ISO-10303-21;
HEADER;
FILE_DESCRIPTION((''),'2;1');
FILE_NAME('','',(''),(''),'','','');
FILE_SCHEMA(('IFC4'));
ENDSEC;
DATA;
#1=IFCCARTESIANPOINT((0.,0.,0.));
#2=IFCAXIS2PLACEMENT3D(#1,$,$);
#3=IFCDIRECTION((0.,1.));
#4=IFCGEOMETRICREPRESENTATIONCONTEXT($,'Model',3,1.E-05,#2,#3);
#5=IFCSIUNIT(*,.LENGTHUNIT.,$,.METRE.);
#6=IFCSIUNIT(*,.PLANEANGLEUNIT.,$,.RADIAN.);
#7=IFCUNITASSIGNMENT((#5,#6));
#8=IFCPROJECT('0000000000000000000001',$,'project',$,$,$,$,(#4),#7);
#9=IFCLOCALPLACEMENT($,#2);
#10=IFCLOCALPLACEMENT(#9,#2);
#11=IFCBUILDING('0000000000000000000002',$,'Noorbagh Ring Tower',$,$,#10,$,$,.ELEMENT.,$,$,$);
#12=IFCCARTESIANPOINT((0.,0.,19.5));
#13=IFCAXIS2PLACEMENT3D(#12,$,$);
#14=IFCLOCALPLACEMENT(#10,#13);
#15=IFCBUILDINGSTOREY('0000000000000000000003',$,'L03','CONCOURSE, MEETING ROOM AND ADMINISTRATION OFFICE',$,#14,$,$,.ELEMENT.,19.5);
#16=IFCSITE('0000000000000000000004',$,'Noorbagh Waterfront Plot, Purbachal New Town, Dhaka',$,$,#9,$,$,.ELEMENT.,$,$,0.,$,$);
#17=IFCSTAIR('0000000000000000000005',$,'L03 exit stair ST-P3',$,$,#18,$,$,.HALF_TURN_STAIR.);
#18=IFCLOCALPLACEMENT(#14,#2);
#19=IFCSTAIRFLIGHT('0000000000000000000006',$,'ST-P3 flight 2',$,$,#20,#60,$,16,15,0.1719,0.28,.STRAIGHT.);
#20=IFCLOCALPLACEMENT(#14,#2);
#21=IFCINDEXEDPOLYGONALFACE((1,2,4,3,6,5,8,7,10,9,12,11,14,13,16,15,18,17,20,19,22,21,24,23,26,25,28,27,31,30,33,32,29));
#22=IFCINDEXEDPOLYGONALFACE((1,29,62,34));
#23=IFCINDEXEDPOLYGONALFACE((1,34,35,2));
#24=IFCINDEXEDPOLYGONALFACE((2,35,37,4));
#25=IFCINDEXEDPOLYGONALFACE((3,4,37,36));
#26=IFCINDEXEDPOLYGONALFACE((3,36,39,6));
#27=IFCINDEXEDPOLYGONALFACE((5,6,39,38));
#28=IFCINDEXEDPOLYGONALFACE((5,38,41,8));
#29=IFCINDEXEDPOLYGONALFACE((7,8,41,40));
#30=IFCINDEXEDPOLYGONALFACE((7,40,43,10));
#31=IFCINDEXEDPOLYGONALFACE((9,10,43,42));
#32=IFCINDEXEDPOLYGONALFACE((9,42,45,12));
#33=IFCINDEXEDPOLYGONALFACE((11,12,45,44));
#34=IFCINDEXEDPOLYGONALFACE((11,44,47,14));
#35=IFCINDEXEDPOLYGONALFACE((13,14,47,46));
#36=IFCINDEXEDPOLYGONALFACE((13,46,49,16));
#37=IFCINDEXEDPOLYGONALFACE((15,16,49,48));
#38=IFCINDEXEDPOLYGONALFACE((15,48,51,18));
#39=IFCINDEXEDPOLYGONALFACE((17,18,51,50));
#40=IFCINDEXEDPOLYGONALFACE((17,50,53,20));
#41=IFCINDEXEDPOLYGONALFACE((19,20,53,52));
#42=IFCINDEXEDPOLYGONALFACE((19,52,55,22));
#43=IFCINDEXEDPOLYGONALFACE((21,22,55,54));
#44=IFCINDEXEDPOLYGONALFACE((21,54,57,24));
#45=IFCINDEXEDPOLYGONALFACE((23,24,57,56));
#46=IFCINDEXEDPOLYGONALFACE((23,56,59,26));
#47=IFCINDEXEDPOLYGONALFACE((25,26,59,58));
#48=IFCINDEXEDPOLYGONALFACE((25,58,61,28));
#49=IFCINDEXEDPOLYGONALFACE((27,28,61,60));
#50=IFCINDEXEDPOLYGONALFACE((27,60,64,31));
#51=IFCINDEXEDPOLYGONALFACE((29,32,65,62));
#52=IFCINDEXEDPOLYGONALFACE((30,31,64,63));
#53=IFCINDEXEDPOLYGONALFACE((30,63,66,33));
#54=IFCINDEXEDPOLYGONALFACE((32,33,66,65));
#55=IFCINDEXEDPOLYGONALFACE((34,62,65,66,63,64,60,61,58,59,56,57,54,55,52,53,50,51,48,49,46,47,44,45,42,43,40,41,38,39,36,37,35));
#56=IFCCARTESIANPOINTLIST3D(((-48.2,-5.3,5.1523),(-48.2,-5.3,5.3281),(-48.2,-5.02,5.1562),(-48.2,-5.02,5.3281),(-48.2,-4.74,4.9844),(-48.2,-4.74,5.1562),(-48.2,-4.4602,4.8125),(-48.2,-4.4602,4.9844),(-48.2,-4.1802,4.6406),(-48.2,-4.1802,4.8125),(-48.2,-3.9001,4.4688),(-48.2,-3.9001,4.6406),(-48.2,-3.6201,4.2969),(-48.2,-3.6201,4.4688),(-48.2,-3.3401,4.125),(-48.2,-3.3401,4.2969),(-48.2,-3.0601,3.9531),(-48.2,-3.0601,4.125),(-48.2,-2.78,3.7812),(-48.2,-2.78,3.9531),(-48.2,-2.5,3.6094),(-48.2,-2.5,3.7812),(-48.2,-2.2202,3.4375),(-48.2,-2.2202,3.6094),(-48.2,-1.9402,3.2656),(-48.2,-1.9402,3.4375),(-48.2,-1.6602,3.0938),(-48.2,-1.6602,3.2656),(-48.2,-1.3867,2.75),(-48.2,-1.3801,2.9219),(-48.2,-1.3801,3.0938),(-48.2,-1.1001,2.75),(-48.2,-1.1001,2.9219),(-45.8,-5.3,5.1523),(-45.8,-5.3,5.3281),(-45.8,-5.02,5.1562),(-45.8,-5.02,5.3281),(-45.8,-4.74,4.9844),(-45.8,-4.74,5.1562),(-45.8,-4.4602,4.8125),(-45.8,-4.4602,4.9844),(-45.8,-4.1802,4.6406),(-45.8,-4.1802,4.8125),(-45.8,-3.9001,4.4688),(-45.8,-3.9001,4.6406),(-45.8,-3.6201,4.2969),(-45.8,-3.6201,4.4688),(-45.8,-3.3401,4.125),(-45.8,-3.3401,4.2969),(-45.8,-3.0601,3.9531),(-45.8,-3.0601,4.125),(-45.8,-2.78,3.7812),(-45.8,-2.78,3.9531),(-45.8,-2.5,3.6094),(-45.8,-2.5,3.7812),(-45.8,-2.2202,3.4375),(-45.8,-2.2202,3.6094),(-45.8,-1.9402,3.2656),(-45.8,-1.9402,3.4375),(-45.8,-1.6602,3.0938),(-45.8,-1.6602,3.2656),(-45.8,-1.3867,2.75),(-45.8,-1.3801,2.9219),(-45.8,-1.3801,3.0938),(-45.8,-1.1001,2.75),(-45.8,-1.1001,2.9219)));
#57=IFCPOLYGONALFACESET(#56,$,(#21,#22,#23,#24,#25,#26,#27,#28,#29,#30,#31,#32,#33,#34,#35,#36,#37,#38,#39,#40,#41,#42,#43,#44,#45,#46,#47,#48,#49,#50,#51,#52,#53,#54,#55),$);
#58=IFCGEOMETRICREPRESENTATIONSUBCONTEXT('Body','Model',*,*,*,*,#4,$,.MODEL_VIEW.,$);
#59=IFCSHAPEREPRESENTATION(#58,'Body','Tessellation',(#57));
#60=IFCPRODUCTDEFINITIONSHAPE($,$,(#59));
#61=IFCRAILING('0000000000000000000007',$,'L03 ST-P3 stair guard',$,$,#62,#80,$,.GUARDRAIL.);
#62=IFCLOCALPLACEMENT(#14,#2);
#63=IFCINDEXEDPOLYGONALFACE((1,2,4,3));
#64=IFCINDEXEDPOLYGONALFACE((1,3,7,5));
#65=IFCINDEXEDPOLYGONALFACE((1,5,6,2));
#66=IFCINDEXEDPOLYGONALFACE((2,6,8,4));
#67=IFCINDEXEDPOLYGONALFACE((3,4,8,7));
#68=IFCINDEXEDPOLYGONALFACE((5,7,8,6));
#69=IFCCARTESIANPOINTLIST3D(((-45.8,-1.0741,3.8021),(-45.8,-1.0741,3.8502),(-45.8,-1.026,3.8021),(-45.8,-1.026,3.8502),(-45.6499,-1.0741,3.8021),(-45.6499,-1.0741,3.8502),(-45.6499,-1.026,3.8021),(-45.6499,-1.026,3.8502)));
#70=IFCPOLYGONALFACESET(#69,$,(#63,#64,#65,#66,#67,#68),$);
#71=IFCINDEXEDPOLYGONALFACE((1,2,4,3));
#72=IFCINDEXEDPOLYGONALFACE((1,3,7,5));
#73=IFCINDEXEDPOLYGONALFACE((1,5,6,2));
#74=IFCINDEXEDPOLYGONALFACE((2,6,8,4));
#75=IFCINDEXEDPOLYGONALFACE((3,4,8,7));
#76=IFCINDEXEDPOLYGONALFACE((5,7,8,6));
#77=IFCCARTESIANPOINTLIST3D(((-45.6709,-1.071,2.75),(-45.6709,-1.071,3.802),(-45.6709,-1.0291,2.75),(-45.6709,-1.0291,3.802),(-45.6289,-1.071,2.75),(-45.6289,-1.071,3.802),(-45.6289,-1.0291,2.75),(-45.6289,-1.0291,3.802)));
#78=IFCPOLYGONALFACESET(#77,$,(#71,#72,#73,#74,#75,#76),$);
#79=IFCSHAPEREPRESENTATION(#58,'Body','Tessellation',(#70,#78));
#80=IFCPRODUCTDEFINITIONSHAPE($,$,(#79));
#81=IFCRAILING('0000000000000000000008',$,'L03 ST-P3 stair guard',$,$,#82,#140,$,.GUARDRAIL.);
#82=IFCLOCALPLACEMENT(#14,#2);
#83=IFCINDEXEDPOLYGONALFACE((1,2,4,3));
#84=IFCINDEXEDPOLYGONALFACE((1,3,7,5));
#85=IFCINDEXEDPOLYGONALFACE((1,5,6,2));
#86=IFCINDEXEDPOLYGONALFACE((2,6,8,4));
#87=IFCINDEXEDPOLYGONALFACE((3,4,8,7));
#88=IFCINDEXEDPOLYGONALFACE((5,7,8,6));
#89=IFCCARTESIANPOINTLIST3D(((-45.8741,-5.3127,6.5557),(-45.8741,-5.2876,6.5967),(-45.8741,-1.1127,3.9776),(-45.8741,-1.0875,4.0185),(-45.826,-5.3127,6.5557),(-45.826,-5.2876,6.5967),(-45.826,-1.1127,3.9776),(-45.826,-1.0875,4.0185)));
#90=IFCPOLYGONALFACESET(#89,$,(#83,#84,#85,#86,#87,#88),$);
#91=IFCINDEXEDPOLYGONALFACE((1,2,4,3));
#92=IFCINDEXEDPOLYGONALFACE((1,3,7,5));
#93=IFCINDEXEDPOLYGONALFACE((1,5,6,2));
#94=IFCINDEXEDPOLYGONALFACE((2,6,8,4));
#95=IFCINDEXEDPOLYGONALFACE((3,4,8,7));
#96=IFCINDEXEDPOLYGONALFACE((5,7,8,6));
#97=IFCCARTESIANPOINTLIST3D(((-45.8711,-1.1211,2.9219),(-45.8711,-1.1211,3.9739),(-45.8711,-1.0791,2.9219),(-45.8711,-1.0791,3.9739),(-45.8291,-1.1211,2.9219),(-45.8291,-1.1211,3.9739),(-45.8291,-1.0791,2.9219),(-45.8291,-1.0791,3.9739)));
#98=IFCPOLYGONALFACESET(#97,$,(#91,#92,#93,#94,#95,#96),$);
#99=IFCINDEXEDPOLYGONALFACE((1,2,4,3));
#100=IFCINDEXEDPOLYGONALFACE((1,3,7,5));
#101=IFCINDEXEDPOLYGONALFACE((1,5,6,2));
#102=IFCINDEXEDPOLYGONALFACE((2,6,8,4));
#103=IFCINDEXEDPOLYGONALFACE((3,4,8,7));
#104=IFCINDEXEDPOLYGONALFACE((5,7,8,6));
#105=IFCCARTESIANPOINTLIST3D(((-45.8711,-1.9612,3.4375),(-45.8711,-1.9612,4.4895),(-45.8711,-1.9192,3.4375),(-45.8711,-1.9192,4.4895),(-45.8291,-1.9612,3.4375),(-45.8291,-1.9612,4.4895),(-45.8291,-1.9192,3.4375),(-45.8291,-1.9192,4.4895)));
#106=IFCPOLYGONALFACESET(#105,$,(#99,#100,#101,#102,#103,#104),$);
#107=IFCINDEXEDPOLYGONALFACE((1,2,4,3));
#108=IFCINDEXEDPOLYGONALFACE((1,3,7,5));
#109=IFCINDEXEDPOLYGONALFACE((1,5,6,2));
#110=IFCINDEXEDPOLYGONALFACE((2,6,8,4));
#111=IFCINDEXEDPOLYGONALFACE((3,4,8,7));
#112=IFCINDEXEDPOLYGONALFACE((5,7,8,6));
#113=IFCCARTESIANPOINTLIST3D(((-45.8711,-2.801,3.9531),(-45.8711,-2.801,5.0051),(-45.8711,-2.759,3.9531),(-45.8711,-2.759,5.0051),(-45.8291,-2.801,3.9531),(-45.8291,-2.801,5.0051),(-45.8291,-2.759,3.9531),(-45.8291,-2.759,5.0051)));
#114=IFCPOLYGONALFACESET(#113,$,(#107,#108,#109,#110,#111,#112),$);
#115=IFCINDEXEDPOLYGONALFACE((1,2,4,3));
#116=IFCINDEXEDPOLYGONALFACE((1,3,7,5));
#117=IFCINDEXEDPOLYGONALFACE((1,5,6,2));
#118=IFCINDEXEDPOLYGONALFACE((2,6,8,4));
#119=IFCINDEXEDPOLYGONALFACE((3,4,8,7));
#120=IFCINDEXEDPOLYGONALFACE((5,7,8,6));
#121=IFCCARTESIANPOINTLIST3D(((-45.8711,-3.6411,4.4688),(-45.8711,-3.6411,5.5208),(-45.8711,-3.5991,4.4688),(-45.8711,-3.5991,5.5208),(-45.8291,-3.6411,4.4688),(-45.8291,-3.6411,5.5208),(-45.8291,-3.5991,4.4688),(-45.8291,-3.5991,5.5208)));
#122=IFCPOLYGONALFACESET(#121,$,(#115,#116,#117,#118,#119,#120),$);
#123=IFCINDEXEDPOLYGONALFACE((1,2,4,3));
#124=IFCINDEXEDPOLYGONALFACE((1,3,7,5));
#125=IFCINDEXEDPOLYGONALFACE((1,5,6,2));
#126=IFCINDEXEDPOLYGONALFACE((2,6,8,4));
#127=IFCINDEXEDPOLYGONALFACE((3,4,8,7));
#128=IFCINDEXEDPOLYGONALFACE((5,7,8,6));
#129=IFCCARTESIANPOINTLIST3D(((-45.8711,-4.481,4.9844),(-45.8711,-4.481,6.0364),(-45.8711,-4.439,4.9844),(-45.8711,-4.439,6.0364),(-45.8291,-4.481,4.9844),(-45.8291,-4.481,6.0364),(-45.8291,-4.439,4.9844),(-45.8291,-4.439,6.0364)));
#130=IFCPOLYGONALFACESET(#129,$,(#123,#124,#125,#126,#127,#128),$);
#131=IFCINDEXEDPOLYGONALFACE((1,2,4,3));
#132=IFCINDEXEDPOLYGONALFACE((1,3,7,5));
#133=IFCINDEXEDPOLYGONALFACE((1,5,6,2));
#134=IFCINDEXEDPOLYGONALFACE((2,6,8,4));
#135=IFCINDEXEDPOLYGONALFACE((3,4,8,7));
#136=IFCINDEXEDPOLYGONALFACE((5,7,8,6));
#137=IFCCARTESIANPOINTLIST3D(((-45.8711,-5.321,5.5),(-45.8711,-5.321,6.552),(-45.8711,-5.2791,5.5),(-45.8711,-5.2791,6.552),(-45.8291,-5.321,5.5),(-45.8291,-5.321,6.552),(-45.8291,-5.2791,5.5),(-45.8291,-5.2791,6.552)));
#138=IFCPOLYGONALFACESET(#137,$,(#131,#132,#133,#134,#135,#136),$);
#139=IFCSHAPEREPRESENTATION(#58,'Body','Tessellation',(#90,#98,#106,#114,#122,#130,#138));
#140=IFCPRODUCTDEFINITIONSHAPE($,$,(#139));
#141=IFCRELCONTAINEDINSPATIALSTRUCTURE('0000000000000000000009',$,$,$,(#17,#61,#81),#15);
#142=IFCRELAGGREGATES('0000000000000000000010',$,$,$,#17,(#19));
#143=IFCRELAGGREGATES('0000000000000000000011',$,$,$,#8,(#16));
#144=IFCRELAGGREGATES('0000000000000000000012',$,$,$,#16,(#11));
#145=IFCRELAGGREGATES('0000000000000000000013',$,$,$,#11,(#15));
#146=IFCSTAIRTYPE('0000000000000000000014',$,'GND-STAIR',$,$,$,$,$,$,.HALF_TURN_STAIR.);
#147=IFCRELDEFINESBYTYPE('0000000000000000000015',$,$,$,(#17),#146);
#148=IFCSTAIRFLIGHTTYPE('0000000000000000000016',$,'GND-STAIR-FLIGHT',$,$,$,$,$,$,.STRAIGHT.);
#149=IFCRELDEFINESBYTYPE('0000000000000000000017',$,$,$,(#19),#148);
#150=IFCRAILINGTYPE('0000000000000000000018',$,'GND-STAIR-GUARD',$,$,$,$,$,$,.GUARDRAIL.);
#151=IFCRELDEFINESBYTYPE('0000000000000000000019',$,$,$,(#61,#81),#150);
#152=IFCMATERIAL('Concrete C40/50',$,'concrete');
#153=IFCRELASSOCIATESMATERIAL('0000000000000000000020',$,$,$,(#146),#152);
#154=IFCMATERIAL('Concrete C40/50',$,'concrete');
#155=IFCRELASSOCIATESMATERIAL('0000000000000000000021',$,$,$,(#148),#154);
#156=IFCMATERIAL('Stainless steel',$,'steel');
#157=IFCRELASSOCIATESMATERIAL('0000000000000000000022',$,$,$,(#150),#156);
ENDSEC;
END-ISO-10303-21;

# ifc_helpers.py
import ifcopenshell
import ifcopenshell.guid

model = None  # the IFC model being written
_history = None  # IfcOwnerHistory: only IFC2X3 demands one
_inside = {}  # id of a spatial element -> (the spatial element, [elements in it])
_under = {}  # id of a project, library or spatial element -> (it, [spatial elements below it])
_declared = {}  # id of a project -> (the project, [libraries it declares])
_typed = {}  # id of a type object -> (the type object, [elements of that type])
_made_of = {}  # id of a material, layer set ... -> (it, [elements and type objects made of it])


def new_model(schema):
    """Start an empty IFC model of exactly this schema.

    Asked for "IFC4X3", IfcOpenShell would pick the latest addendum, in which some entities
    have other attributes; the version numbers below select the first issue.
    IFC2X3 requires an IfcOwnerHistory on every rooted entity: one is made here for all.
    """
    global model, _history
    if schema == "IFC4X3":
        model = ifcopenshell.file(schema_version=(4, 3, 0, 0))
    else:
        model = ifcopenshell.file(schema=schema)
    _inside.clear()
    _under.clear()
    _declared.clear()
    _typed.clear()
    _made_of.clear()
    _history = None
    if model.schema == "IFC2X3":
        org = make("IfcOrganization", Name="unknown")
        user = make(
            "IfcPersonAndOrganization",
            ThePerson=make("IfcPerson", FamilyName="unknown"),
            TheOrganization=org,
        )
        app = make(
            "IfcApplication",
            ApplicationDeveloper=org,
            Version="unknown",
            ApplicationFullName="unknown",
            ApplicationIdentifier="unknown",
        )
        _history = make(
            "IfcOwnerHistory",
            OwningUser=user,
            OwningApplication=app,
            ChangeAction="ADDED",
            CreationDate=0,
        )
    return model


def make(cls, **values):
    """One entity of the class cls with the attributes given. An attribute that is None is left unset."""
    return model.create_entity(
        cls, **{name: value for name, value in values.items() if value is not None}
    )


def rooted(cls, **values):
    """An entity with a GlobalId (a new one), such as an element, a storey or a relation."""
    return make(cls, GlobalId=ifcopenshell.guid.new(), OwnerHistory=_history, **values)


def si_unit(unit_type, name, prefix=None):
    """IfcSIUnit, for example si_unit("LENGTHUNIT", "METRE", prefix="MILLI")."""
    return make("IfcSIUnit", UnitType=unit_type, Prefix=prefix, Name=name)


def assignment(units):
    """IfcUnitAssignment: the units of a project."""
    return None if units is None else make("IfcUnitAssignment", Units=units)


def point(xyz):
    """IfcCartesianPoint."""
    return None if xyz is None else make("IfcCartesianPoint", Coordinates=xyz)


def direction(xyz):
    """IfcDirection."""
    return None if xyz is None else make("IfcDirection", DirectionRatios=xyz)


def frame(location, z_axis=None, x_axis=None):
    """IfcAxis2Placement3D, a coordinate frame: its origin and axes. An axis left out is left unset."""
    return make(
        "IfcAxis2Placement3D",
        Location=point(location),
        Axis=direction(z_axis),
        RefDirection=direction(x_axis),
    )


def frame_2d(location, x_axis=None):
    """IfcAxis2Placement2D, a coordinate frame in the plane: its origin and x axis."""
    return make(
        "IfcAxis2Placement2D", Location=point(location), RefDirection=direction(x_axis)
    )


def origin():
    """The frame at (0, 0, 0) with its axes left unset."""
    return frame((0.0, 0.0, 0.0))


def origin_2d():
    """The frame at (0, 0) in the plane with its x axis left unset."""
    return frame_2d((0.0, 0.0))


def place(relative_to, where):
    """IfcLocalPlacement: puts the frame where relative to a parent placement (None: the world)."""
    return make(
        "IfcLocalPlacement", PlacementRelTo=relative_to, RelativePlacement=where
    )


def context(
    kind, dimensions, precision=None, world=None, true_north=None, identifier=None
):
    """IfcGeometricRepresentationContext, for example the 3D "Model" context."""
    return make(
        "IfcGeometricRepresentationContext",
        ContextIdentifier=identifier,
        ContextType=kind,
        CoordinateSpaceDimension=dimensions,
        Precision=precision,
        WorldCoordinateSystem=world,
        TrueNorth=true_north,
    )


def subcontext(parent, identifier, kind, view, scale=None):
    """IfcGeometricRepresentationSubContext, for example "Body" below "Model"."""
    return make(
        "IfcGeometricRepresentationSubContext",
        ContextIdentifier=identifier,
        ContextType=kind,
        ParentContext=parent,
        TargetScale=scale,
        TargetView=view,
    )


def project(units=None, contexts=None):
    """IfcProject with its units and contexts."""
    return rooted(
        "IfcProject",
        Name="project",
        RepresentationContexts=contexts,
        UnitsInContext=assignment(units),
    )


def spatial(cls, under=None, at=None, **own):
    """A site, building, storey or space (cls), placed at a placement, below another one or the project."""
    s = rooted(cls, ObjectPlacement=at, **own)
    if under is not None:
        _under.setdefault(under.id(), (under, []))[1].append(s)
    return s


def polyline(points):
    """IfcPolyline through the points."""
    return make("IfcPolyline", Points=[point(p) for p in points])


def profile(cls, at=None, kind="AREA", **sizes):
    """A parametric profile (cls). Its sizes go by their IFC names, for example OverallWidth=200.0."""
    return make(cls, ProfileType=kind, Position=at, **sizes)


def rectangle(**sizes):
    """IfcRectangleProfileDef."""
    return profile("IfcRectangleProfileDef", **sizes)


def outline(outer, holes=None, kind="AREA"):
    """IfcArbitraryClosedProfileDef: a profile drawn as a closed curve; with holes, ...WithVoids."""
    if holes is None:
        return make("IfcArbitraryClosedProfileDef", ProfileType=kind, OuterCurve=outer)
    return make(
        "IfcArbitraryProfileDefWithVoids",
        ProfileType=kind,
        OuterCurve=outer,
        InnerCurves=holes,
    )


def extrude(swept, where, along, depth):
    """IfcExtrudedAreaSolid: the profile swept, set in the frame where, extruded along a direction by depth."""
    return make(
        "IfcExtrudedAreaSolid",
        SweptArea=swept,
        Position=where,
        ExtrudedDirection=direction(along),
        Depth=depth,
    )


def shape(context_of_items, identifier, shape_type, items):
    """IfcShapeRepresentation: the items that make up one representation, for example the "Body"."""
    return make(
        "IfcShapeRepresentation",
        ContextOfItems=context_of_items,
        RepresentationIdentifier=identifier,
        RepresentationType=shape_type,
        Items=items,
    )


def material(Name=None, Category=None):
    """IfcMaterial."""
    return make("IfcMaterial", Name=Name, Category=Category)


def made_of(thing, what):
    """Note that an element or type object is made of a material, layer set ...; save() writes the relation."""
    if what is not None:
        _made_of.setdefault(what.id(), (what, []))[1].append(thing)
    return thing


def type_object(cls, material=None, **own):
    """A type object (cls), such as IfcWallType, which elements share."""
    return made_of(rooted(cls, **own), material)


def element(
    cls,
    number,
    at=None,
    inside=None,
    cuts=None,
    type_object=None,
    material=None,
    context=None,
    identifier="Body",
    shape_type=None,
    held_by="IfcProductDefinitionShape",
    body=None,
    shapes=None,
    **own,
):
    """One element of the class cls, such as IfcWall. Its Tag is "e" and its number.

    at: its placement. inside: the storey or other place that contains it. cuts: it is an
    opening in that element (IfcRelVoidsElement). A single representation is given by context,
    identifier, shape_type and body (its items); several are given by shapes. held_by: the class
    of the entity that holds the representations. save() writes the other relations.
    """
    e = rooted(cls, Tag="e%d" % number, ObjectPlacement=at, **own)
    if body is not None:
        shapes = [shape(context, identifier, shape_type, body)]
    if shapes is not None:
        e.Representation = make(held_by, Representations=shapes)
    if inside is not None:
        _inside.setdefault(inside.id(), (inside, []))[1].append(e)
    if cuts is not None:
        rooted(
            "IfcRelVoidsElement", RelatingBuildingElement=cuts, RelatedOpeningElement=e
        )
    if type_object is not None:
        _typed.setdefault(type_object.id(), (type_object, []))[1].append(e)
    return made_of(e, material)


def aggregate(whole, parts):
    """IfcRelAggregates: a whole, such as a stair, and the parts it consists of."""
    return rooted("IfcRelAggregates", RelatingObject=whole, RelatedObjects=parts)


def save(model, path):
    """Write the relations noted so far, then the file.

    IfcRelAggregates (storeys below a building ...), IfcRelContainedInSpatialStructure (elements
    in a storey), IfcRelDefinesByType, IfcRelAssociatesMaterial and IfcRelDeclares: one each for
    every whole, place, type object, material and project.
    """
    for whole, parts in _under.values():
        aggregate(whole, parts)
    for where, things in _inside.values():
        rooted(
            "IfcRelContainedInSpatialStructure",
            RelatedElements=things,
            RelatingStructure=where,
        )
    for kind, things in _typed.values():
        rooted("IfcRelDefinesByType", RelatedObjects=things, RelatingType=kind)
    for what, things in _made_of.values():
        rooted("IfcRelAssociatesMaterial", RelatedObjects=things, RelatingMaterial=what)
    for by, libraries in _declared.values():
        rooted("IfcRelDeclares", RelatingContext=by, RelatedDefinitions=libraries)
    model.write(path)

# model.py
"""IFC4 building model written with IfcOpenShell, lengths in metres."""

from ifc_helpers import new_model, si_unit, direction, frame, origin, origin_2d, place, context, subcontext, project, spatial, polyline, rectangle, outline, extrude, material, type_object, element, aggregate, save


model = new_model("IFC4")

# Units and contexts
model_context = context("Model", 3, precision=1e-05, world=origin(), true_north=direction((0.0, 1.0)))
body_context = subcontext(model_context, "Body", "Model", "MODEL_VIEW")
ifc_project = project(units=[si_unit("LENGTHUNIT", "METRE"), si_unit("PLANEANGLEUNIT", "RADIAN")], contexts=[model_context])

# Site, building, storey
site_placement = place(None, origin())
site = spatial("IfcSite", under=ifc_project, at=site_placement, Name="Noorbagh Waterfront Plot, Purbachal New Town, Dhaka", CompositionType="ELEMENT", RefElevation=0.0)
building_placement = place(site_placement, origin())
building = spatial("IfcBuilding", under=site, at=building_placement, Name="Noorbagh Ring Tower", CompositionType="ELEMENT")
storey_placement = place(building_placement, frame((0.0, 0.0, 19.5)))
storey = spatial("IfcBuildingStorey", under=building, at=storey_placement, Name="L03", Description="CONCOURSE, MEETING ROOM AND ADMINISTRATION OFFICE", CompositionType="ELEMENT", Elevation=19.5)

# Stair, stair flight
ifc_material_1 = material(Name="Concrete C40/50", Category="concrete")
stair_type = type_object("IfcStairType", Name="GND-STAIR", PredefinedType="HALF_TURN_STAIR", material=ifc_material_1)
stair_placement = place(storey_placement, origin())
stair = element("IfcStair", 1, at=stair_placement, inside=storey, type_object=stair_type, Name="L03 exit stair ST-P3", PredefinedType="HALF_TURN_STAIR")
ifc_material_2 = material(Name="Concrete C40/50", Category="concrete")
stair_flight_type = type_object("IfcStairFlightType", Name="GND-STAIR-FLIGHT", PredefinedType="STRAIGHT", material=ifc_material_2)
stair_flight_placement = place(storey_placement, frame((-47.0, -1.1001, 2.75), z_axis=(0.0, 0.0, 1.0), x_axis=(0.0, -1.0, 0.0)))
stair_flight = element("IfcStairFlight", 2, at=stair_flight_placement, type_object=stair_flight_type, Name="ST-P3 flight 2", NumberOfRisers=16, NumberOfTreads=15, PredefinedType="STRAIGHT", RiserHeight=0.1719, TreadLength=0.28, context=body_context, shape_type="SweptSolid", body=[
    extrude(outline(polyline([(0.0, 0.0), (0.0, 0.1719), (0.28, 0.1719), (0.28, 0.3438), (0.5601, 0.3438), (0.5601, 0.5156), (0.8401, 0.5156), (0.8401, 0.6875), (1.1201, 0.6875), (1.1201, 0.8594), (1.3999, 0.8594), (1.3999, 1.0312), (1.6799, 1.0312), (1.6799, 1.2031), (1.96, 1.2031), (1.96, 1.375), (2.24, 1.375), (2.24, 1.5469), (2.52, 1.5469), (2.52, 1.7188), (2.8, 1.7188), (2.8, 1.8906), (3.0801, 1.8906), (3.0801, 2.0625), (3.3601, 2.0625), (3.3601, 2.2344), (3.6399, 2.2344), (3.6399, 2.4062), (3.9199, 2.4062), (3.9199, 2.5781), (4.2, 2.5781), (4.2, 2.75), (4.2, 2.4023), (0.2866, 0.0), (0.0, 0.0)])), frame((0.0, 1.2, 0.0), z_axis=(0.0, -1.0, 0.0), x_axis=(1.0, 0.0, 0.0)), (0.0, 0.0, 1.0), 2.3999),
])
aggregate(stair, [stair_flight])

# Railings
ifc_material_3 = material(Name="Stainless steel", Category="steel")
railing_type = type_object("IfcRailingType", Name="GND-STAIR-GUARD", PredefinedType="GUARDRAIL", material=ifc_material_3)
railing_1_placement = place(storey_placement, frame((-45.6499, -1.05, 2.75)))
element("IfcRailing", 3, at=railing_1_placement, inside=storey, type_object=railing_type, Name="L03 ST-P3 stair guard", PredefinedType="GUARDRAIL", context=body_context, shape_type="SweptSolid", body=[
    extrude(rectangle(XDim=0.0481, YDim=0.0481, at=origin_2d()), frame((0.0, 0.0, 1.0762), z_axis=(-1.0, 0.0, 0.0), x_axis=(0.0, -1.0, 0.0)), (0.0, 0.0, 1.0), 0.1501),
    extrude(rectangle(XDim=0.042, YDim=0.042, at=origin_2d()), origin(), (0.0, 0.0, 1.0), 1.052),
])
railing_2_placement = place(storey_placement, frame((-45.8501, -1.1001, 2.9219)))
element("IfcRailing", 4, at=railing_2_placement, inside=storey, type_object=railing_type, Name="L03 ST-P3 stair guard", PredefinedType="GUARDRAIL", context=body_context, shape_type="SweptSolid", body=[
    extrude(rectangle(XDim=0.0481, YDim=0.0481, at=origin_2d()), frame((0.0, 0.0, 1.0762), z_axis=(0.0, -0.852243, 0.523146), x_axis=(1.0, 0.0, 0.0)), (0.0, 0.0, 1.0), 4.9282),
    extrude(rectangle(XDim=0.042, YDim=0.042, at=origin_2d()), origin(), (0.0, 0.0, 1.0), 1.052),
    extrude(rectangle(XDim=0.042, YDim=0.042, at=origin_2d()), frame((0.0, -0.8401, 0.5156)), (0.0, 0.0, 1.0), 1.052),
    extrude(rectangle(XDim=0.042, YDim=0.042, at=origin_2d()), frame((0.0, -1.6799, 1.0312)), (0.0, 0.0, 1.0), 1.052),
    extrude(rectangle(XDim=0.042, YDim=0.042, at=origin_2d()), frame((0.0, -2.52, 1.5469)), (0.0, 0.0, 1.0), 1.052),
    extrude(rectangle(XDim=0.042, YDim=0.042, at=origin_2d()), frame((0.0, -3.3599, 2.0625)), (0.0, 0.0, 1.0), 1.052),
    extrude(rectangle(XDim=0.042, YDim=0.042, at=origin_2d()), frame((0.0, -4.2, 2.5781)), (0.0, 0.0, 1.0), 1.052),
])

save(model, "model.ifc")
